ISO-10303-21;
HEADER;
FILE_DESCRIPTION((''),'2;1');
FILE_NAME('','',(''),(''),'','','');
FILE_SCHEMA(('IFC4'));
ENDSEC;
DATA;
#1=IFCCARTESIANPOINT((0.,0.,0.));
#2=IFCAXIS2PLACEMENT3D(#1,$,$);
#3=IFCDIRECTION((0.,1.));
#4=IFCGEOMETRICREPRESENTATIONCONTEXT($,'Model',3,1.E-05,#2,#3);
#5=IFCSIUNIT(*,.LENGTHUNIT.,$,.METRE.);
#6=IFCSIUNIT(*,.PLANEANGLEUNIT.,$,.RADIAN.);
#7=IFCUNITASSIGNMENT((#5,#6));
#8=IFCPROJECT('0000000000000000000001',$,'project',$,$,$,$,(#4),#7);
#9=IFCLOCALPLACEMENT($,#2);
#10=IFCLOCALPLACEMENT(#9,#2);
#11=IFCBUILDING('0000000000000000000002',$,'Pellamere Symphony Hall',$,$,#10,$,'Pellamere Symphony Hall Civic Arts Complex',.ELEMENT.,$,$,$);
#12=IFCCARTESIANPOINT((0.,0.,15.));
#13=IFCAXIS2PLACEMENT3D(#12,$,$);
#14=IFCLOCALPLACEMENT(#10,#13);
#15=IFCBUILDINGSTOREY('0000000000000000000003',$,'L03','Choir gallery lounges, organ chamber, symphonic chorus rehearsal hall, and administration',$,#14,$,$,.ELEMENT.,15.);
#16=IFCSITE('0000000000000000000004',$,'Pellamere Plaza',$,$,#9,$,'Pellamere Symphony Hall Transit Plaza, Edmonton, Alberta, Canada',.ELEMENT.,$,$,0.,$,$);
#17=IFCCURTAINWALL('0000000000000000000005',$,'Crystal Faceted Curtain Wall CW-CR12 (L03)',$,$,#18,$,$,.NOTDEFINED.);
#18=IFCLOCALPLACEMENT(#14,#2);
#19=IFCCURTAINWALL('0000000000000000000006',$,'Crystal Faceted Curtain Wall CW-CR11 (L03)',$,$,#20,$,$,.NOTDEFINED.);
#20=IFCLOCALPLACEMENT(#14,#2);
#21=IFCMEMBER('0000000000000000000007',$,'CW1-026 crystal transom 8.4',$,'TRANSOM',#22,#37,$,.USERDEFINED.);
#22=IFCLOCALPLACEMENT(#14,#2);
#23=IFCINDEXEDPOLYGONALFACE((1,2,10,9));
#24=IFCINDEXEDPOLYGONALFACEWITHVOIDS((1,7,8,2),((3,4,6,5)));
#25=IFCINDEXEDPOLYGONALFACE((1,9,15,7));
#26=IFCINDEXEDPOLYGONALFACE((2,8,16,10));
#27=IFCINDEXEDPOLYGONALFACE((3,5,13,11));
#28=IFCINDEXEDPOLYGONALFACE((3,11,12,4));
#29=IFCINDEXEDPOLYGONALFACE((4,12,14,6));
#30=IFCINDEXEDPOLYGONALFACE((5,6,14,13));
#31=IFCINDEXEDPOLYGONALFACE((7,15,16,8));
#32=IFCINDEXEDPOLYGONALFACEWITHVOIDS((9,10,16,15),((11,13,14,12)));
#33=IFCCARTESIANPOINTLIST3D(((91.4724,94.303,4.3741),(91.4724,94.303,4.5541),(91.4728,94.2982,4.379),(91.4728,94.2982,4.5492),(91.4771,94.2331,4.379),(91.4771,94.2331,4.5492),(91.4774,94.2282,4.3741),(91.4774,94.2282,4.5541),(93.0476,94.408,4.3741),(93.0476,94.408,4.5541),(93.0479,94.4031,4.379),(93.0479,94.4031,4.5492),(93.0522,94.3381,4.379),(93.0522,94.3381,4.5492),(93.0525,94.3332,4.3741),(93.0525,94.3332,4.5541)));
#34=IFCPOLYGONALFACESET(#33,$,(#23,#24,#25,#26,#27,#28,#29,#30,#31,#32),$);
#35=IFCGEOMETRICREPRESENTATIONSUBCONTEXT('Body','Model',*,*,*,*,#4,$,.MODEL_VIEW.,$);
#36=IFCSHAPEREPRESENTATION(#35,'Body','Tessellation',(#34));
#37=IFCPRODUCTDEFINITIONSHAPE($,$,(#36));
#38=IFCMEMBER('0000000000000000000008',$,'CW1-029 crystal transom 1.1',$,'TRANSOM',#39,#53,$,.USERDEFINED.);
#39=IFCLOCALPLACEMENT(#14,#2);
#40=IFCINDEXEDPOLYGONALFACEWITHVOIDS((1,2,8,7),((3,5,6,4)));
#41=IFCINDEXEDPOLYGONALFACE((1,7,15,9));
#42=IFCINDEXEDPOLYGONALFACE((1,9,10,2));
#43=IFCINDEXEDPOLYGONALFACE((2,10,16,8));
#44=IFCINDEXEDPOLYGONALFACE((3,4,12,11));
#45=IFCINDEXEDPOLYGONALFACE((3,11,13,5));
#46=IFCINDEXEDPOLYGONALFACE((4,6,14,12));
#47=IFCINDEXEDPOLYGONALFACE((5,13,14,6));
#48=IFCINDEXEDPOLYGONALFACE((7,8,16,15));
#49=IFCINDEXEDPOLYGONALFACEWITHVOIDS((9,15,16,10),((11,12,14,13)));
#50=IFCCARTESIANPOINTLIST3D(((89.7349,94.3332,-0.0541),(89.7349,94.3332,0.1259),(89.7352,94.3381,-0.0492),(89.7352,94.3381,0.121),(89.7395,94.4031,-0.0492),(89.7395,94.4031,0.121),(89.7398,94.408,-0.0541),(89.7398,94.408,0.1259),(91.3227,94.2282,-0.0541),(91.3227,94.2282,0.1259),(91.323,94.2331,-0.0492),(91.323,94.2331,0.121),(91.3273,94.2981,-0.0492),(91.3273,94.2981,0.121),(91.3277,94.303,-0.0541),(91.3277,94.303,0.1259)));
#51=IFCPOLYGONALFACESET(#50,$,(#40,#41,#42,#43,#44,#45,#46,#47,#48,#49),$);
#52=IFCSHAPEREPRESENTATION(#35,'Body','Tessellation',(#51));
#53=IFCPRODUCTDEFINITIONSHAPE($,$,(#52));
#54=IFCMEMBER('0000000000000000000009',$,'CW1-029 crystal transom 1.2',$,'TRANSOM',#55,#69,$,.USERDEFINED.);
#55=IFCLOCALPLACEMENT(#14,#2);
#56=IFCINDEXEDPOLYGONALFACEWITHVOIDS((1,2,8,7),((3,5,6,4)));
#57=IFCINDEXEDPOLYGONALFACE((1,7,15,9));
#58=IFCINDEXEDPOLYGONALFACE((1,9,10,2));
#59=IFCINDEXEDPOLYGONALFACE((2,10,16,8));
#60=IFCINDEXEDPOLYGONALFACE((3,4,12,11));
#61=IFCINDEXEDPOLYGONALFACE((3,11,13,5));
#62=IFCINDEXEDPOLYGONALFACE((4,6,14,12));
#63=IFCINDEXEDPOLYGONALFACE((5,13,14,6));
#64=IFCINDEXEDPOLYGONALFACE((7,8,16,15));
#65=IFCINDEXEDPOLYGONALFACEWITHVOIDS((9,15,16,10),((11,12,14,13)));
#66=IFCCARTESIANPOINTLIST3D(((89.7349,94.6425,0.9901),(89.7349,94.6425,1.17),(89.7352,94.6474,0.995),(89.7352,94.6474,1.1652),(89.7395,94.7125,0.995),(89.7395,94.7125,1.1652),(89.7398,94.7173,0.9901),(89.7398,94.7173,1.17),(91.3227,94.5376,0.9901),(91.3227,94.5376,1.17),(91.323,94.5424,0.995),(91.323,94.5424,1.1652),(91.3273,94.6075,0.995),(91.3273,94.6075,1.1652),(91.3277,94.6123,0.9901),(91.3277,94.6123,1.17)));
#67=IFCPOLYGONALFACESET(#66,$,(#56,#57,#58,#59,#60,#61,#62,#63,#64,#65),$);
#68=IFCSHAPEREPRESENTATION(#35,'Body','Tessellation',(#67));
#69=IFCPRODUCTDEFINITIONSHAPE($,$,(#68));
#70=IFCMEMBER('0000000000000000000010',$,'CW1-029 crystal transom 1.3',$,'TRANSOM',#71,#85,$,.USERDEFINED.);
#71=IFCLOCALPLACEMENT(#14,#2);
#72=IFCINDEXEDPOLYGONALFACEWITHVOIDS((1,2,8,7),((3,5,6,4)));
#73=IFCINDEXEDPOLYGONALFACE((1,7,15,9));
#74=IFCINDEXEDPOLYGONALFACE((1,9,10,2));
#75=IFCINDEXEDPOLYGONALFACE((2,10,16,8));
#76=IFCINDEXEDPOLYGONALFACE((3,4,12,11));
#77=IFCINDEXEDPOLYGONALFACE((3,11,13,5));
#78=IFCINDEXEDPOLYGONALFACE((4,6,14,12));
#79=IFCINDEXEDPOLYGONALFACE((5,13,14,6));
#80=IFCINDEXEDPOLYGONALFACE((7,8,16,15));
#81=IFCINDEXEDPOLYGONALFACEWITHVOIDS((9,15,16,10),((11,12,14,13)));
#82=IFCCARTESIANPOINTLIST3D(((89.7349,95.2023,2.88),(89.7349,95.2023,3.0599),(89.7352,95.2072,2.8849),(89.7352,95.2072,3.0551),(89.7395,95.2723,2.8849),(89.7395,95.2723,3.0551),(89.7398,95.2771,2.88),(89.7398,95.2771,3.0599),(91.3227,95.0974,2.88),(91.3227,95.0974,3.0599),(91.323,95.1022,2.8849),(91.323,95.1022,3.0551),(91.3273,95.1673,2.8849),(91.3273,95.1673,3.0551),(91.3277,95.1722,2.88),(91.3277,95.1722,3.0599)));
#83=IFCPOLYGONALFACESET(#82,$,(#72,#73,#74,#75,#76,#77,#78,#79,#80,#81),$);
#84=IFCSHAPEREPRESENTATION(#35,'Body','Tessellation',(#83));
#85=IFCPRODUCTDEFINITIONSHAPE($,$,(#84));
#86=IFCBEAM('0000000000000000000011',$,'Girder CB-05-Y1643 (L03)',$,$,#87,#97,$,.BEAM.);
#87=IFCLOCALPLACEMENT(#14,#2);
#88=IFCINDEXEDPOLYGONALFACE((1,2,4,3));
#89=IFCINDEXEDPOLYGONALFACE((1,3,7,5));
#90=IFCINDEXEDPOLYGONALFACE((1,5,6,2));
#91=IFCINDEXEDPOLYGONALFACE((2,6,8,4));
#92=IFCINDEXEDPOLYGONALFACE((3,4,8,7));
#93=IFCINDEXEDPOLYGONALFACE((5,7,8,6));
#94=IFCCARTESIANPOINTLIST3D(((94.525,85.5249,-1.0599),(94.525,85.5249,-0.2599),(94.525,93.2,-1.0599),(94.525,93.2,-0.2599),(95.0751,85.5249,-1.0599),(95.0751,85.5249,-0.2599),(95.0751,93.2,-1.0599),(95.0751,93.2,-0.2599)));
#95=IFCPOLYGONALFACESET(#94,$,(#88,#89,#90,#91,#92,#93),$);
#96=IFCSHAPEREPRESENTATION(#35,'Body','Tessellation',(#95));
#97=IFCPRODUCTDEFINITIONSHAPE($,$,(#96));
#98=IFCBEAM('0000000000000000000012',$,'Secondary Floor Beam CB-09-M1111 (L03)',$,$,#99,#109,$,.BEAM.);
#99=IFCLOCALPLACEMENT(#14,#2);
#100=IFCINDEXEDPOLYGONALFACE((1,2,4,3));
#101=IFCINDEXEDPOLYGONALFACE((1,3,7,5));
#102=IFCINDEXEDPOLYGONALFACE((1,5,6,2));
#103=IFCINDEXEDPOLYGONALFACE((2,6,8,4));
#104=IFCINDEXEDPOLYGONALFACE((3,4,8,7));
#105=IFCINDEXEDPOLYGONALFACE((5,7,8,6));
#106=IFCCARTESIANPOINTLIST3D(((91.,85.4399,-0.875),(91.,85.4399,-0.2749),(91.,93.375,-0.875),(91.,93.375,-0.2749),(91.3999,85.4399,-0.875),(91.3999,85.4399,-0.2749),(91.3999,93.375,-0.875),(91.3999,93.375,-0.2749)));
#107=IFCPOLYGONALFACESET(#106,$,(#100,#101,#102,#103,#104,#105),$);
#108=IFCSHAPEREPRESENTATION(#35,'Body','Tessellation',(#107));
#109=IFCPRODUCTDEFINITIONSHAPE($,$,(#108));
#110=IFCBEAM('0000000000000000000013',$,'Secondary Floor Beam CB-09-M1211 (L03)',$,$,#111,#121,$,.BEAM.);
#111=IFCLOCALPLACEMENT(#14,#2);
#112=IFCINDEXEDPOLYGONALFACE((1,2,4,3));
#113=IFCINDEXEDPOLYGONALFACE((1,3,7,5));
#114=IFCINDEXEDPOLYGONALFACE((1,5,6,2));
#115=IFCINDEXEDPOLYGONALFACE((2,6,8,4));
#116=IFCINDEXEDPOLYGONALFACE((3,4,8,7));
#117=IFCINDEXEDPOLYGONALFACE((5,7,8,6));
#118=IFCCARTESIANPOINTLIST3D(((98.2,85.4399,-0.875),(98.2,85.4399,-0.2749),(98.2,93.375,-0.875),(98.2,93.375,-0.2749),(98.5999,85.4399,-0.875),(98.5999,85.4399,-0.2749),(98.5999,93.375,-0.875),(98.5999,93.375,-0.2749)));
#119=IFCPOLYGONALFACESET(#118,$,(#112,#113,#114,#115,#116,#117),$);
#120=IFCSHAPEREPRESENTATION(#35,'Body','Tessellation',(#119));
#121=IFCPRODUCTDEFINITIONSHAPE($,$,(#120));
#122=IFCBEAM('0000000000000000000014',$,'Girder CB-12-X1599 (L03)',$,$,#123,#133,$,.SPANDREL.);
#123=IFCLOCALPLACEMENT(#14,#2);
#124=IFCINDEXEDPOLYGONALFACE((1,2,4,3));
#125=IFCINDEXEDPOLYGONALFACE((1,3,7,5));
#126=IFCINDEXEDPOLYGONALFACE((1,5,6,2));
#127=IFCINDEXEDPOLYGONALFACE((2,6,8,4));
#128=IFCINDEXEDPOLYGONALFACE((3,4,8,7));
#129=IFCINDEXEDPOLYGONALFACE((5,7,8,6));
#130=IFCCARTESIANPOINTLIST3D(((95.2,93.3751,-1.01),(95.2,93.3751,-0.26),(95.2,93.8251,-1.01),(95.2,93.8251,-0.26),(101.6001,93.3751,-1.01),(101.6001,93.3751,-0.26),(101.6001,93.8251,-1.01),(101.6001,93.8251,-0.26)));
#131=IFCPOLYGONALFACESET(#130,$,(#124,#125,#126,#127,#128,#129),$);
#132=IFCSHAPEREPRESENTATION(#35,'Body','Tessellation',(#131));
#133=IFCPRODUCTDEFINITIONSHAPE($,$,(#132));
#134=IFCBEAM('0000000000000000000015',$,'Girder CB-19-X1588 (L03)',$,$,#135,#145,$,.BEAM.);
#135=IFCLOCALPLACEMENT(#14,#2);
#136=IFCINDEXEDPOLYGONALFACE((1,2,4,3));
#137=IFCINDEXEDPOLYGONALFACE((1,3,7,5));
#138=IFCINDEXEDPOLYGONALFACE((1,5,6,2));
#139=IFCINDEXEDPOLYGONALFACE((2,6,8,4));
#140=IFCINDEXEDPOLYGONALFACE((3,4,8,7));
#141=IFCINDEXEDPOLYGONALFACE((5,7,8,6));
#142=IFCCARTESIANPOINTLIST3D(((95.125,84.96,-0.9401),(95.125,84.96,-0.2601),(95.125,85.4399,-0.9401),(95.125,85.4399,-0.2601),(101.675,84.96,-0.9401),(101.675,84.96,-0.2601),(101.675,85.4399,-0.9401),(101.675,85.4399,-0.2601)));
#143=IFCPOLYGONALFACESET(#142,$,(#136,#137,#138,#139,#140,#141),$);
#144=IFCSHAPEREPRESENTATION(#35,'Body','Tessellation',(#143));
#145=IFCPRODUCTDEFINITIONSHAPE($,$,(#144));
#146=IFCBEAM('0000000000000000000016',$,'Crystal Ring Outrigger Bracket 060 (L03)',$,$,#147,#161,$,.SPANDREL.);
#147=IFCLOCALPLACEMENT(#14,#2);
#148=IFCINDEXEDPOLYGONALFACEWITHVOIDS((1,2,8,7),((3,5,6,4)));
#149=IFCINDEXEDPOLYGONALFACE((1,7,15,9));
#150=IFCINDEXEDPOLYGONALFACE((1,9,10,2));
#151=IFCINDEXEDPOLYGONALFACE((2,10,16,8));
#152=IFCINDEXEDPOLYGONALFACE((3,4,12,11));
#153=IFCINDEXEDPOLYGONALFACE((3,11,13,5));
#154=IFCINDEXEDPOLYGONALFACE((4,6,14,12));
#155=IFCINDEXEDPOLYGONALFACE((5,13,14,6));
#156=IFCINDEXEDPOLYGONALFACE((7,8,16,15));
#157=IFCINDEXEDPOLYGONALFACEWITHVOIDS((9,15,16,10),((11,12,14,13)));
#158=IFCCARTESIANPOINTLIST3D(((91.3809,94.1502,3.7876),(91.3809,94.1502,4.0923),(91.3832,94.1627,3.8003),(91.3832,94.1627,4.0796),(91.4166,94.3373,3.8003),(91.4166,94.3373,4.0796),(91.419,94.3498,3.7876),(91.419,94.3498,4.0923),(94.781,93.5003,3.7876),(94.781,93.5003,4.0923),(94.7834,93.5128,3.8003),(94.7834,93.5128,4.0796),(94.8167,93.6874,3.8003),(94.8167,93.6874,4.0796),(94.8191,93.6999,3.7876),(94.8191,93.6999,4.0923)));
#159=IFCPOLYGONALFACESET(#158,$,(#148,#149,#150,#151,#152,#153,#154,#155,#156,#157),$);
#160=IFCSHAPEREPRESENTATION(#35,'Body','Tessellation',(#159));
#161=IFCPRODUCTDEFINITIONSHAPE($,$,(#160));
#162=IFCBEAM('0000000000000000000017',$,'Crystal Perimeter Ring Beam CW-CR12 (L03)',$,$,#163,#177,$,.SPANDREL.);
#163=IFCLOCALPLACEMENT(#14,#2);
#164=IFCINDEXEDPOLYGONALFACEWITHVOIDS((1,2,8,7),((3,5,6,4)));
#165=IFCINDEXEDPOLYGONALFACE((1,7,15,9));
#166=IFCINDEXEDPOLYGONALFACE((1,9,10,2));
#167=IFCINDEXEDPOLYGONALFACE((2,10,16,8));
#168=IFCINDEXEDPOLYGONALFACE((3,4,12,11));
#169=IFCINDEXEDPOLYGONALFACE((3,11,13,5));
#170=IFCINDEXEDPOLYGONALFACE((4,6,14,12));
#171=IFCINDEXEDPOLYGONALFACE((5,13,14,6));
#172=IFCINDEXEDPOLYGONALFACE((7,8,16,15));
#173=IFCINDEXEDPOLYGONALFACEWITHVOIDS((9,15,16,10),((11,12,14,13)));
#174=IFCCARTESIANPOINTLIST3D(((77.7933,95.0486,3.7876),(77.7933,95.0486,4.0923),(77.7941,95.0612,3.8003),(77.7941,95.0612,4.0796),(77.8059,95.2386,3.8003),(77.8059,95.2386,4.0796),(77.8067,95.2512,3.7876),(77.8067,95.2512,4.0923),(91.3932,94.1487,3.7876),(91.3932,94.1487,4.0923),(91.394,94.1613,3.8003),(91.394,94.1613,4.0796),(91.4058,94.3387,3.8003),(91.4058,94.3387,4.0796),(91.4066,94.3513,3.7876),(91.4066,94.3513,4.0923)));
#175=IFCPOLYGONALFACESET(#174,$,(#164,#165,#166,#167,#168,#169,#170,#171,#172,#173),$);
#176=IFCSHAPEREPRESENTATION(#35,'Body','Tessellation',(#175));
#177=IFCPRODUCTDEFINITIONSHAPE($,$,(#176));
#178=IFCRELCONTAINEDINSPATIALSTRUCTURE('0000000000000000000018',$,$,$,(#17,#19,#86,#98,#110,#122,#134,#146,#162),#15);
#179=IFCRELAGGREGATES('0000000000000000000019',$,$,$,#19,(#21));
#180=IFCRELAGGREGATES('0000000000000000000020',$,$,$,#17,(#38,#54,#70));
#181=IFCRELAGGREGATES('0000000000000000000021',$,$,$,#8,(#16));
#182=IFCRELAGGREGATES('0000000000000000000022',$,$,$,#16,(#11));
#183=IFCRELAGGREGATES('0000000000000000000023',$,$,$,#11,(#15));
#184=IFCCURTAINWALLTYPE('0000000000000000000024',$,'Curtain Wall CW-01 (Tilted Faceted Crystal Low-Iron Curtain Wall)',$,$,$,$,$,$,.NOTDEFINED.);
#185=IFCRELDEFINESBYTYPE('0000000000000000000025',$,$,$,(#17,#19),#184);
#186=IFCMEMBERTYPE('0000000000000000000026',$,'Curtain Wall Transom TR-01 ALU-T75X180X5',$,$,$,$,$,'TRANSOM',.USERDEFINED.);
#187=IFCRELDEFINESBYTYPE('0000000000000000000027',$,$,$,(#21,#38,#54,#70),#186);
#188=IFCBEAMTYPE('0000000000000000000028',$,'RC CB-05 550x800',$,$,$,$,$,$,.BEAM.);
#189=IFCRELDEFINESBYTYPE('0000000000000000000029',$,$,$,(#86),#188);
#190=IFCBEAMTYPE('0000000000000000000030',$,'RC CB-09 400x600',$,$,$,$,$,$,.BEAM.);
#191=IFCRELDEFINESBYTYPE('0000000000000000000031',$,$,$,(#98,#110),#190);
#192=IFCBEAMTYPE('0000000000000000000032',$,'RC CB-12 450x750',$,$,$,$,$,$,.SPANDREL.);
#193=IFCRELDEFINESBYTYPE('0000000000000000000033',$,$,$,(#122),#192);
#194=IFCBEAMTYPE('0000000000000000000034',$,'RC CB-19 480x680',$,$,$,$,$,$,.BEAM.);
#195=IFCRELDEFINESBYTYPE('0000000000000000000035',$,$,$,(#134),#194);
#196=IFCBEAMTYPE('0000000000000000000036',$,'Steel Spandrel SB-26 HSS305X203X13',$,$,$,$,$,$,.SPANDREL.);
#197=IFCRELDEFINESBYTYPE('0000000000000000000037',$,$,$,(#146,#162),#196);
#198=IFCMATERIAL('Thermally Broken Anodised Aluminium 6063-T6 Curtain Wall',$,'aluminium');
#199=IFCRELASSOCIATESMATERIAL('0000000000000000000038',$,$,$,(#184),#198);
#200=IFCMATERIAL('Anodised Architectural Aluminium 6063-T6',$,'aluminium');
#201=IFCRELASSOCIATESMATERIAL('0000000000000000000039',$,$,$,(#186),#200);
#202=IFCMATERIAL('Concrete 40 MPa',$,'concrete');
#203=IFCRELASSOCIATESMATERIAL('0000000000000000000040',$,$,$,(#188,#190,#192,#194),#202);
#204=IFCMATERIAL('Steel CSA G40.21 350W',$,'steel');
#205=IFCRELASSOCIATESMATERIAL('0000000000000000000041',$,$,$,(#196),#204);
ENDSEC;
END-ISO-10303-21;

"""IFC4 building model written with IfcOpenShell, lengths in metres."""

from ifc_helpers import new_model, si_unit, direction, frame, origin, origin_2d, place, context, subcontext, project, spatial, rectangle, hollow_rectangle, extrude, material, material_profile, profile_set, type_object, element, aggregate, save


model = new_model("IFC4")

# Units and contexts
model_context = context("Model", 3, precision=1e-05, world=origin(), true_north=direction((0.0, 1.0)))
body_context = subcontext(model_context, "Body", "Model", "MODEL_VIEW")
ifc_project = project(units=[si_unit("LENGTHUNIT", "METRE"), si_unit("PLANEANGLEUNIT", "RADIAN")], contexts=[model_context])

# Site, building, storey
site_placement = place(None, origin())
site = spatial("IfcSite", under=ifc_project, at=site_placement, Name="Pellamere Plaza", LongName="Pellamere Symphony Hall Transit Plaza, Edmonton, Alberta, Canada", CompositionType="ELEMENT", RefElevation=0.0)
building_placement = place(site_placement, origin())
building = spatial("IfcBuilding", under=site, at=building_placement, Name="Pellamere Symphony Hall", LongName="Pellamere Symphony Hall Civic Arts Complex", CompositionType="ELEMENT")
storey_placement = place(building_placement, frame((0.0, 0.0, 15.0)))
storey = spatial("IfcBuildingStorey", under=building, at=storey_placement, Name="L03", Description="Choir gallery lounges, organ chamber, symphonic chorus rehearsal hall, and administration", CompositionType="ELEMENT", Elevation=15.0)

# Shared definitions
ifc_material_1 = material(Name="Concrete 40 MPa", Category="concrete")

# Curtain walls, member
ifc_material_2 = material(Name="Thermally Broken Anodised Aluminium 6063-T6 Curtain Wall", Category="aluminium")
curtain_wall_type = type_object("IfcCurtainWallType", Name="Curtain Wall CW-01 (Tilted Faceted Crystal Low-Iron Curtain Wall)", PredefinedType="NOTDEFINED", material=ifc_material_2)
curtain_wall_1_placement = place(storey_placement, origin())
curtain_wall_1 = element("IfcCurtainWall", 1, at=curtain_wall_1_placement, inside=storey, type_object=curtain_wall_type, Name="Crystal Faceted Curtain Wall CW-CR12 (L03)", PredefinedType="NOTDEFINED")
ifc_material_3 = material(Name="Anodised Architectural Aluminium 6063-T6", Category="aluminium")
curtain_wall_2_placement = place(storey_placement, origin())
curtain_wall_2 = element("IfcCurtainWall", 2, at=curtain_wall_2_placement, inside=storey, type_object=curtain_wall_type, Name="Crystal Faceted Curtain Wall CW-CR11 (L03)", PredefinedType="NOTDEFINED")
ifc_material_profile_1 = material_profile(ifc_material_3, hollow_rectangle(XDim=0.075, YDim=0.1799, WallThickness=0.0049, at=origin_2d()), Name="ALU-T75X180X5")
ifc_profile_set_1 = profile_set([ifc_material_profile_1], Name="Anodised Architectural Aluminium 6063-T6")
member_type_1 = type_object("IfcMemberType", Name="Curtain Wall Transom TR-01 ALU-T75X180X5", ElementType="TRANSOM", PredefinedType="USERDEFINED", material=ifc_profile_set_1)
member_1_placement = place(storey_placement, frame((93.05, 94.3706, 4.4641), z_axis=(-0.997787, -0.066498, 0.0), x_axis=(0.066498, -0.997787, 0.0)))
member_1 = element("IfcMember", 3, at=member_1_placement, type_object=member_type_1, Name="CW1-026 crystal transom 8.4", ObjectType="TRANSOM", PredefinedType="USERDEFINED", context=body_context, shape_type="SweptSolid", body=[
    extrude(hollow_rectangle(XDim=0.075, YDim=0.1799, WallThickness=0.0049, at=origin_2d()), origin(), (0.0, 0.0, 1.0), 1.5786),
])

# Members
member_2_placement = place(storey_placement, frame((91.3252, 94.2656, 0.0359), z_axis=(-0.997822, 0.065969, 0.0), x_axis=(-0.065969, -0.997822, 0.0)))
member_2 = element("IfcMember", 4, at=member_2_placement, type_object=member_type_1, Name="CW1-029 crystal transom 1.1", ObjectType="TRANSOM", PredefinedType="USERDEFINED", context=body_context, shape_type="SweptSolid", body=[
    extrude(hollow_rectangle(XDim=0.075, YDim=0.1799, WallThickness=0.0049, at=origin_2d()), origin(), (0.0, 0.0, 1.0), 1.5913),
])
member_3_placement = place(storey_placement, frame((91.3252, 94.575, 1.0801), z_axis=(-0.997822, 0.065969, 0.0), x_axis=(-0.065969, -0.997822, 0.0)))
member_3 = element("IfcMember", 5, at=member_3_placement, type_object=member_type_1, Name="CW1-029 crystal transom 1.2", ObjectType="TRANSOM", PredefinedType="USERDEFINED", context=body_context, shape_type="SweptSolid", body=[
    extrude(hollow_rectangle(XDim=0.075, YDim=0.1799, WallThickness=0.0049, at=origin_2d()), origin(), (0.0, 0.0, 1.0), 1.5913),
])
member_4_placement = place(storey_placement, frame((91.3252, 95.1348, 2.97), z_axis=(-0.997822, 0.065969, 0.0), x_axis=(-0.065969, -0.997822, 0.0)))
member_4 = element("IfcMember", 6, at=member_4_placement, type_object=member_type_1, Name="CW1-029 crystal transom 1.3", ObjectType="TRANSOM", PredefinedType="USERDEFINED", context=body_context, shape_type="SweptSolid", body=[
    extrude(hollow_rectangle(XDim=0.075, YDim=0.1799, WallThickness=0.0049, at=origin_2d()), origin(), (0.0, 0.0, 1.0), 1.5913),
])

# Beams
ifc_material_profile_2 = material_profile(ifc_material_1, rectangle(XDim=0.55, YDim=0.8, at=origin_2d()), Name="RC 550x800")
ifc_profile_set_2 = profile_set([ifc_material_profile_2], Name="Concrete 40 MPa")
beam_type_1 = type_object("IfcBeamType", Name="RC CB-05 550x800", PredefinedType="BEAM", material=ifc_profile_set_2)
beam_1_placement = place(storey_placement, frame((94.8, 85.5249, -0.6599), z_axis=(0.0, 1.0, 0.0), x_axis=(-1.0, 0.0, 0.0)))
element("IfcBeam", 7, at=beam_1_placement, inside=storey, type_object=beam_type_1, Name="Girder CB-05-Y1643 (L03)", PredefinedType="BEAM", context=body_context, shape_type="SweptSolid", body=[
    extrude(rectangle(XDim=0.55, YDim=0.8, at=origin_2d()), origin(), (0.0, 0.0, 1.0), 7.675),
])
ifc_material_profile_3 = material_profile(ifc_material_1, rectangle(XDim=0.3999, YDim=0.6001, at=origin_2d()), Name="RC 400x600")
ifc_profile_set_3 = profile_set([ifc_material_profile_3], Name="Concrete 40 MPa")
beam_type_2 = type_object("IfcBeamType", Name="RC CB-09 400x600", PredefinedType="BEAM", material=ifc_profile_set_3)
for number, where, z_axis, x_axis, name in (
    (8, (91.2, 85.4399, -0.575), (0.0, 1.0, 0.0), (-1.0, 0.0, 0.0), "Secondary Floor Beam CB-09-M1111 (L03)"),
    (9, (98.3999, 85.4399, -0.575), (0.0, 1.0, 0.0), (-1.0, 0.0, 0.0), "Secondary Floor Beam CB-09-M1211 (L03)"),
):
    element("IfcBeam", number, at=place(storey_placement, frame(where, z_axis=z_axis, x_axis=x_axis)), inside=storey, type_object=beam_type_2, Name=name, PredefinedType="BEAM", context=body_context, shape_type="SweptSolid", body=[
        extrude(rectangle(XDim=0.3999, YDim=0.6001, at=origin_2d()), origin(), (0.0, 0.0, 1.0), 7.9351),
    ])
ifc_material_profile_4 = material_profile(ifc_material_1, rectangle(XDim=0.45, YDim=0.75, at=origin_2d()), Name="RC 450x750")
ifc_profile_set_4 = profile_set([ifc_material_profile_4], Name="Concrete 40 MPa")
beam_type_3 = type_object("IfcBeamType", Name="RC CB-12 450x750", PredefinedType="SPANDREL", material=ifc_profile_set_4)
beam_2_placement = place(storey_placement, frame((95.2, 93.6001, -0.635), z_axis=(1.0, 0.0, 0.0), x_axis=(0.0, 1.0, 0.0)))
element("IfcBeam", 10, at=beam_2_placement, inside=storey, type_object=beam_type_3, Name="Girder CB-12-X1599 (L03)", PredefinedType="SPANDREL", context=body_context, shape_type="SweptSolid", body=[
    extrude(rectangle(XDim=0.45, YDim=0.75, at=origin_2d()), origin(), (0.0, 0.0, 1.0), 6.4001),
])
ifc_material_profile_5 = material_profile(ifc_material_1, rectangle(XDim=0.48, YDim=0.6799, at=origin_2d()), Name="RC 480x680")
ifc_profile_set_5 = profile_set([ifc_material_profile_5], Name="Concrete 40 MPa")
beam_type_4 = type_object("IfcBeamType", Name="RC CB-19 480x680", PredefinedType="BEAM", material=ifc_profile_set_5)
beam_3_placement = place(storey_placement, frame((95.125, 85.2, -0.6001), z_axis=(1.0, 0.0, 0.0), x_axis=(0.0, 1.0, 0.0)))
element("IfcBeam", 11, at=beam_3_placement, inside=storey, type_object=beam_type_4, Name="Girder CB-19-X1588 (L03)", PredefinedType="BEAM", context=body_context, shape_type="SweptSolid", body=[
    extrude(rectangle(XDim=0.48, YDim=0.6799, at=origin_2d()), origin(), (0.0, 0.0, 1.0), 6.55),
])
ifc_material_4 = material(Name="Steel CSA G40.21 350W", Category="steel")
ifc_material_profile_6 = material_profile(ifc_material_4, hollow_rectangle(XDim=0.2031, YDim=0.3047, WallThickness=0.0127, at=origin_2d()), Name="HSS305X203X13")
ifc_profile_set_6 = profile_set([ifc_material_profile_6], Name="Steel CSA G40.21 350W")
beam_type_5 = type_object("IfcBeamType", Name="Steel Spandrel SB-26 HSS305X203X13", PredefinedType="SPANDREL", material=ifc_profile_set_6)
beam_4_placement = place(storey_placement, frame((94.8, 93.6001, 3.9399), z_axis=(-0.982219, 0.187741, 0.0), x_axis=(-0.187741, -0.982219, 0.0)))
element("IfcBeam", 12, at=beam_4_placement, inside=storey, type_object=beam_type_5, Name="Crystal Ring Outrigger Bracket 060 (L03)", PredefinedType="SPANDREL", context=body_context, shape_type="SweptSolid", body=[
    extrude(hollow_rectangle(XDim=0.2031, YDim=0.3047, WallThickness=0.0127, at=origin_2d()), origin(), (0.0, 0.0, 1.0), 3.4617),
])
beam_5_placement = place(storey_placement, frame((91.3999, 94.25, 3.9399), z_axis=(-0.997818, 0.066026, 0.0), x_axis=(-0.066026, -0.997818, 0.0)))
element("IfcBeam", 13, at=beam_5_placement, inside=storey, type_object=beam_type_5, Name="Crystal Perimeter Ring Beam CW-CR12 (L03)", PredefinedType="SPANDREL", context=body_context, shape_type="SweptSolid", body=[
    extrude(hollow_rectangle(XDim=0.2031, YDim=0.3047, WallThickness=0.0127, at=origin_2d()), origin(), (0.0, 0.0, 1.0), 13.6296),
])

aggregate(curtain_wall_2, [member_1])
aggregate(curtain_wall_1, [member_2, member_3, member_4])

save(model, "model.ifc")
